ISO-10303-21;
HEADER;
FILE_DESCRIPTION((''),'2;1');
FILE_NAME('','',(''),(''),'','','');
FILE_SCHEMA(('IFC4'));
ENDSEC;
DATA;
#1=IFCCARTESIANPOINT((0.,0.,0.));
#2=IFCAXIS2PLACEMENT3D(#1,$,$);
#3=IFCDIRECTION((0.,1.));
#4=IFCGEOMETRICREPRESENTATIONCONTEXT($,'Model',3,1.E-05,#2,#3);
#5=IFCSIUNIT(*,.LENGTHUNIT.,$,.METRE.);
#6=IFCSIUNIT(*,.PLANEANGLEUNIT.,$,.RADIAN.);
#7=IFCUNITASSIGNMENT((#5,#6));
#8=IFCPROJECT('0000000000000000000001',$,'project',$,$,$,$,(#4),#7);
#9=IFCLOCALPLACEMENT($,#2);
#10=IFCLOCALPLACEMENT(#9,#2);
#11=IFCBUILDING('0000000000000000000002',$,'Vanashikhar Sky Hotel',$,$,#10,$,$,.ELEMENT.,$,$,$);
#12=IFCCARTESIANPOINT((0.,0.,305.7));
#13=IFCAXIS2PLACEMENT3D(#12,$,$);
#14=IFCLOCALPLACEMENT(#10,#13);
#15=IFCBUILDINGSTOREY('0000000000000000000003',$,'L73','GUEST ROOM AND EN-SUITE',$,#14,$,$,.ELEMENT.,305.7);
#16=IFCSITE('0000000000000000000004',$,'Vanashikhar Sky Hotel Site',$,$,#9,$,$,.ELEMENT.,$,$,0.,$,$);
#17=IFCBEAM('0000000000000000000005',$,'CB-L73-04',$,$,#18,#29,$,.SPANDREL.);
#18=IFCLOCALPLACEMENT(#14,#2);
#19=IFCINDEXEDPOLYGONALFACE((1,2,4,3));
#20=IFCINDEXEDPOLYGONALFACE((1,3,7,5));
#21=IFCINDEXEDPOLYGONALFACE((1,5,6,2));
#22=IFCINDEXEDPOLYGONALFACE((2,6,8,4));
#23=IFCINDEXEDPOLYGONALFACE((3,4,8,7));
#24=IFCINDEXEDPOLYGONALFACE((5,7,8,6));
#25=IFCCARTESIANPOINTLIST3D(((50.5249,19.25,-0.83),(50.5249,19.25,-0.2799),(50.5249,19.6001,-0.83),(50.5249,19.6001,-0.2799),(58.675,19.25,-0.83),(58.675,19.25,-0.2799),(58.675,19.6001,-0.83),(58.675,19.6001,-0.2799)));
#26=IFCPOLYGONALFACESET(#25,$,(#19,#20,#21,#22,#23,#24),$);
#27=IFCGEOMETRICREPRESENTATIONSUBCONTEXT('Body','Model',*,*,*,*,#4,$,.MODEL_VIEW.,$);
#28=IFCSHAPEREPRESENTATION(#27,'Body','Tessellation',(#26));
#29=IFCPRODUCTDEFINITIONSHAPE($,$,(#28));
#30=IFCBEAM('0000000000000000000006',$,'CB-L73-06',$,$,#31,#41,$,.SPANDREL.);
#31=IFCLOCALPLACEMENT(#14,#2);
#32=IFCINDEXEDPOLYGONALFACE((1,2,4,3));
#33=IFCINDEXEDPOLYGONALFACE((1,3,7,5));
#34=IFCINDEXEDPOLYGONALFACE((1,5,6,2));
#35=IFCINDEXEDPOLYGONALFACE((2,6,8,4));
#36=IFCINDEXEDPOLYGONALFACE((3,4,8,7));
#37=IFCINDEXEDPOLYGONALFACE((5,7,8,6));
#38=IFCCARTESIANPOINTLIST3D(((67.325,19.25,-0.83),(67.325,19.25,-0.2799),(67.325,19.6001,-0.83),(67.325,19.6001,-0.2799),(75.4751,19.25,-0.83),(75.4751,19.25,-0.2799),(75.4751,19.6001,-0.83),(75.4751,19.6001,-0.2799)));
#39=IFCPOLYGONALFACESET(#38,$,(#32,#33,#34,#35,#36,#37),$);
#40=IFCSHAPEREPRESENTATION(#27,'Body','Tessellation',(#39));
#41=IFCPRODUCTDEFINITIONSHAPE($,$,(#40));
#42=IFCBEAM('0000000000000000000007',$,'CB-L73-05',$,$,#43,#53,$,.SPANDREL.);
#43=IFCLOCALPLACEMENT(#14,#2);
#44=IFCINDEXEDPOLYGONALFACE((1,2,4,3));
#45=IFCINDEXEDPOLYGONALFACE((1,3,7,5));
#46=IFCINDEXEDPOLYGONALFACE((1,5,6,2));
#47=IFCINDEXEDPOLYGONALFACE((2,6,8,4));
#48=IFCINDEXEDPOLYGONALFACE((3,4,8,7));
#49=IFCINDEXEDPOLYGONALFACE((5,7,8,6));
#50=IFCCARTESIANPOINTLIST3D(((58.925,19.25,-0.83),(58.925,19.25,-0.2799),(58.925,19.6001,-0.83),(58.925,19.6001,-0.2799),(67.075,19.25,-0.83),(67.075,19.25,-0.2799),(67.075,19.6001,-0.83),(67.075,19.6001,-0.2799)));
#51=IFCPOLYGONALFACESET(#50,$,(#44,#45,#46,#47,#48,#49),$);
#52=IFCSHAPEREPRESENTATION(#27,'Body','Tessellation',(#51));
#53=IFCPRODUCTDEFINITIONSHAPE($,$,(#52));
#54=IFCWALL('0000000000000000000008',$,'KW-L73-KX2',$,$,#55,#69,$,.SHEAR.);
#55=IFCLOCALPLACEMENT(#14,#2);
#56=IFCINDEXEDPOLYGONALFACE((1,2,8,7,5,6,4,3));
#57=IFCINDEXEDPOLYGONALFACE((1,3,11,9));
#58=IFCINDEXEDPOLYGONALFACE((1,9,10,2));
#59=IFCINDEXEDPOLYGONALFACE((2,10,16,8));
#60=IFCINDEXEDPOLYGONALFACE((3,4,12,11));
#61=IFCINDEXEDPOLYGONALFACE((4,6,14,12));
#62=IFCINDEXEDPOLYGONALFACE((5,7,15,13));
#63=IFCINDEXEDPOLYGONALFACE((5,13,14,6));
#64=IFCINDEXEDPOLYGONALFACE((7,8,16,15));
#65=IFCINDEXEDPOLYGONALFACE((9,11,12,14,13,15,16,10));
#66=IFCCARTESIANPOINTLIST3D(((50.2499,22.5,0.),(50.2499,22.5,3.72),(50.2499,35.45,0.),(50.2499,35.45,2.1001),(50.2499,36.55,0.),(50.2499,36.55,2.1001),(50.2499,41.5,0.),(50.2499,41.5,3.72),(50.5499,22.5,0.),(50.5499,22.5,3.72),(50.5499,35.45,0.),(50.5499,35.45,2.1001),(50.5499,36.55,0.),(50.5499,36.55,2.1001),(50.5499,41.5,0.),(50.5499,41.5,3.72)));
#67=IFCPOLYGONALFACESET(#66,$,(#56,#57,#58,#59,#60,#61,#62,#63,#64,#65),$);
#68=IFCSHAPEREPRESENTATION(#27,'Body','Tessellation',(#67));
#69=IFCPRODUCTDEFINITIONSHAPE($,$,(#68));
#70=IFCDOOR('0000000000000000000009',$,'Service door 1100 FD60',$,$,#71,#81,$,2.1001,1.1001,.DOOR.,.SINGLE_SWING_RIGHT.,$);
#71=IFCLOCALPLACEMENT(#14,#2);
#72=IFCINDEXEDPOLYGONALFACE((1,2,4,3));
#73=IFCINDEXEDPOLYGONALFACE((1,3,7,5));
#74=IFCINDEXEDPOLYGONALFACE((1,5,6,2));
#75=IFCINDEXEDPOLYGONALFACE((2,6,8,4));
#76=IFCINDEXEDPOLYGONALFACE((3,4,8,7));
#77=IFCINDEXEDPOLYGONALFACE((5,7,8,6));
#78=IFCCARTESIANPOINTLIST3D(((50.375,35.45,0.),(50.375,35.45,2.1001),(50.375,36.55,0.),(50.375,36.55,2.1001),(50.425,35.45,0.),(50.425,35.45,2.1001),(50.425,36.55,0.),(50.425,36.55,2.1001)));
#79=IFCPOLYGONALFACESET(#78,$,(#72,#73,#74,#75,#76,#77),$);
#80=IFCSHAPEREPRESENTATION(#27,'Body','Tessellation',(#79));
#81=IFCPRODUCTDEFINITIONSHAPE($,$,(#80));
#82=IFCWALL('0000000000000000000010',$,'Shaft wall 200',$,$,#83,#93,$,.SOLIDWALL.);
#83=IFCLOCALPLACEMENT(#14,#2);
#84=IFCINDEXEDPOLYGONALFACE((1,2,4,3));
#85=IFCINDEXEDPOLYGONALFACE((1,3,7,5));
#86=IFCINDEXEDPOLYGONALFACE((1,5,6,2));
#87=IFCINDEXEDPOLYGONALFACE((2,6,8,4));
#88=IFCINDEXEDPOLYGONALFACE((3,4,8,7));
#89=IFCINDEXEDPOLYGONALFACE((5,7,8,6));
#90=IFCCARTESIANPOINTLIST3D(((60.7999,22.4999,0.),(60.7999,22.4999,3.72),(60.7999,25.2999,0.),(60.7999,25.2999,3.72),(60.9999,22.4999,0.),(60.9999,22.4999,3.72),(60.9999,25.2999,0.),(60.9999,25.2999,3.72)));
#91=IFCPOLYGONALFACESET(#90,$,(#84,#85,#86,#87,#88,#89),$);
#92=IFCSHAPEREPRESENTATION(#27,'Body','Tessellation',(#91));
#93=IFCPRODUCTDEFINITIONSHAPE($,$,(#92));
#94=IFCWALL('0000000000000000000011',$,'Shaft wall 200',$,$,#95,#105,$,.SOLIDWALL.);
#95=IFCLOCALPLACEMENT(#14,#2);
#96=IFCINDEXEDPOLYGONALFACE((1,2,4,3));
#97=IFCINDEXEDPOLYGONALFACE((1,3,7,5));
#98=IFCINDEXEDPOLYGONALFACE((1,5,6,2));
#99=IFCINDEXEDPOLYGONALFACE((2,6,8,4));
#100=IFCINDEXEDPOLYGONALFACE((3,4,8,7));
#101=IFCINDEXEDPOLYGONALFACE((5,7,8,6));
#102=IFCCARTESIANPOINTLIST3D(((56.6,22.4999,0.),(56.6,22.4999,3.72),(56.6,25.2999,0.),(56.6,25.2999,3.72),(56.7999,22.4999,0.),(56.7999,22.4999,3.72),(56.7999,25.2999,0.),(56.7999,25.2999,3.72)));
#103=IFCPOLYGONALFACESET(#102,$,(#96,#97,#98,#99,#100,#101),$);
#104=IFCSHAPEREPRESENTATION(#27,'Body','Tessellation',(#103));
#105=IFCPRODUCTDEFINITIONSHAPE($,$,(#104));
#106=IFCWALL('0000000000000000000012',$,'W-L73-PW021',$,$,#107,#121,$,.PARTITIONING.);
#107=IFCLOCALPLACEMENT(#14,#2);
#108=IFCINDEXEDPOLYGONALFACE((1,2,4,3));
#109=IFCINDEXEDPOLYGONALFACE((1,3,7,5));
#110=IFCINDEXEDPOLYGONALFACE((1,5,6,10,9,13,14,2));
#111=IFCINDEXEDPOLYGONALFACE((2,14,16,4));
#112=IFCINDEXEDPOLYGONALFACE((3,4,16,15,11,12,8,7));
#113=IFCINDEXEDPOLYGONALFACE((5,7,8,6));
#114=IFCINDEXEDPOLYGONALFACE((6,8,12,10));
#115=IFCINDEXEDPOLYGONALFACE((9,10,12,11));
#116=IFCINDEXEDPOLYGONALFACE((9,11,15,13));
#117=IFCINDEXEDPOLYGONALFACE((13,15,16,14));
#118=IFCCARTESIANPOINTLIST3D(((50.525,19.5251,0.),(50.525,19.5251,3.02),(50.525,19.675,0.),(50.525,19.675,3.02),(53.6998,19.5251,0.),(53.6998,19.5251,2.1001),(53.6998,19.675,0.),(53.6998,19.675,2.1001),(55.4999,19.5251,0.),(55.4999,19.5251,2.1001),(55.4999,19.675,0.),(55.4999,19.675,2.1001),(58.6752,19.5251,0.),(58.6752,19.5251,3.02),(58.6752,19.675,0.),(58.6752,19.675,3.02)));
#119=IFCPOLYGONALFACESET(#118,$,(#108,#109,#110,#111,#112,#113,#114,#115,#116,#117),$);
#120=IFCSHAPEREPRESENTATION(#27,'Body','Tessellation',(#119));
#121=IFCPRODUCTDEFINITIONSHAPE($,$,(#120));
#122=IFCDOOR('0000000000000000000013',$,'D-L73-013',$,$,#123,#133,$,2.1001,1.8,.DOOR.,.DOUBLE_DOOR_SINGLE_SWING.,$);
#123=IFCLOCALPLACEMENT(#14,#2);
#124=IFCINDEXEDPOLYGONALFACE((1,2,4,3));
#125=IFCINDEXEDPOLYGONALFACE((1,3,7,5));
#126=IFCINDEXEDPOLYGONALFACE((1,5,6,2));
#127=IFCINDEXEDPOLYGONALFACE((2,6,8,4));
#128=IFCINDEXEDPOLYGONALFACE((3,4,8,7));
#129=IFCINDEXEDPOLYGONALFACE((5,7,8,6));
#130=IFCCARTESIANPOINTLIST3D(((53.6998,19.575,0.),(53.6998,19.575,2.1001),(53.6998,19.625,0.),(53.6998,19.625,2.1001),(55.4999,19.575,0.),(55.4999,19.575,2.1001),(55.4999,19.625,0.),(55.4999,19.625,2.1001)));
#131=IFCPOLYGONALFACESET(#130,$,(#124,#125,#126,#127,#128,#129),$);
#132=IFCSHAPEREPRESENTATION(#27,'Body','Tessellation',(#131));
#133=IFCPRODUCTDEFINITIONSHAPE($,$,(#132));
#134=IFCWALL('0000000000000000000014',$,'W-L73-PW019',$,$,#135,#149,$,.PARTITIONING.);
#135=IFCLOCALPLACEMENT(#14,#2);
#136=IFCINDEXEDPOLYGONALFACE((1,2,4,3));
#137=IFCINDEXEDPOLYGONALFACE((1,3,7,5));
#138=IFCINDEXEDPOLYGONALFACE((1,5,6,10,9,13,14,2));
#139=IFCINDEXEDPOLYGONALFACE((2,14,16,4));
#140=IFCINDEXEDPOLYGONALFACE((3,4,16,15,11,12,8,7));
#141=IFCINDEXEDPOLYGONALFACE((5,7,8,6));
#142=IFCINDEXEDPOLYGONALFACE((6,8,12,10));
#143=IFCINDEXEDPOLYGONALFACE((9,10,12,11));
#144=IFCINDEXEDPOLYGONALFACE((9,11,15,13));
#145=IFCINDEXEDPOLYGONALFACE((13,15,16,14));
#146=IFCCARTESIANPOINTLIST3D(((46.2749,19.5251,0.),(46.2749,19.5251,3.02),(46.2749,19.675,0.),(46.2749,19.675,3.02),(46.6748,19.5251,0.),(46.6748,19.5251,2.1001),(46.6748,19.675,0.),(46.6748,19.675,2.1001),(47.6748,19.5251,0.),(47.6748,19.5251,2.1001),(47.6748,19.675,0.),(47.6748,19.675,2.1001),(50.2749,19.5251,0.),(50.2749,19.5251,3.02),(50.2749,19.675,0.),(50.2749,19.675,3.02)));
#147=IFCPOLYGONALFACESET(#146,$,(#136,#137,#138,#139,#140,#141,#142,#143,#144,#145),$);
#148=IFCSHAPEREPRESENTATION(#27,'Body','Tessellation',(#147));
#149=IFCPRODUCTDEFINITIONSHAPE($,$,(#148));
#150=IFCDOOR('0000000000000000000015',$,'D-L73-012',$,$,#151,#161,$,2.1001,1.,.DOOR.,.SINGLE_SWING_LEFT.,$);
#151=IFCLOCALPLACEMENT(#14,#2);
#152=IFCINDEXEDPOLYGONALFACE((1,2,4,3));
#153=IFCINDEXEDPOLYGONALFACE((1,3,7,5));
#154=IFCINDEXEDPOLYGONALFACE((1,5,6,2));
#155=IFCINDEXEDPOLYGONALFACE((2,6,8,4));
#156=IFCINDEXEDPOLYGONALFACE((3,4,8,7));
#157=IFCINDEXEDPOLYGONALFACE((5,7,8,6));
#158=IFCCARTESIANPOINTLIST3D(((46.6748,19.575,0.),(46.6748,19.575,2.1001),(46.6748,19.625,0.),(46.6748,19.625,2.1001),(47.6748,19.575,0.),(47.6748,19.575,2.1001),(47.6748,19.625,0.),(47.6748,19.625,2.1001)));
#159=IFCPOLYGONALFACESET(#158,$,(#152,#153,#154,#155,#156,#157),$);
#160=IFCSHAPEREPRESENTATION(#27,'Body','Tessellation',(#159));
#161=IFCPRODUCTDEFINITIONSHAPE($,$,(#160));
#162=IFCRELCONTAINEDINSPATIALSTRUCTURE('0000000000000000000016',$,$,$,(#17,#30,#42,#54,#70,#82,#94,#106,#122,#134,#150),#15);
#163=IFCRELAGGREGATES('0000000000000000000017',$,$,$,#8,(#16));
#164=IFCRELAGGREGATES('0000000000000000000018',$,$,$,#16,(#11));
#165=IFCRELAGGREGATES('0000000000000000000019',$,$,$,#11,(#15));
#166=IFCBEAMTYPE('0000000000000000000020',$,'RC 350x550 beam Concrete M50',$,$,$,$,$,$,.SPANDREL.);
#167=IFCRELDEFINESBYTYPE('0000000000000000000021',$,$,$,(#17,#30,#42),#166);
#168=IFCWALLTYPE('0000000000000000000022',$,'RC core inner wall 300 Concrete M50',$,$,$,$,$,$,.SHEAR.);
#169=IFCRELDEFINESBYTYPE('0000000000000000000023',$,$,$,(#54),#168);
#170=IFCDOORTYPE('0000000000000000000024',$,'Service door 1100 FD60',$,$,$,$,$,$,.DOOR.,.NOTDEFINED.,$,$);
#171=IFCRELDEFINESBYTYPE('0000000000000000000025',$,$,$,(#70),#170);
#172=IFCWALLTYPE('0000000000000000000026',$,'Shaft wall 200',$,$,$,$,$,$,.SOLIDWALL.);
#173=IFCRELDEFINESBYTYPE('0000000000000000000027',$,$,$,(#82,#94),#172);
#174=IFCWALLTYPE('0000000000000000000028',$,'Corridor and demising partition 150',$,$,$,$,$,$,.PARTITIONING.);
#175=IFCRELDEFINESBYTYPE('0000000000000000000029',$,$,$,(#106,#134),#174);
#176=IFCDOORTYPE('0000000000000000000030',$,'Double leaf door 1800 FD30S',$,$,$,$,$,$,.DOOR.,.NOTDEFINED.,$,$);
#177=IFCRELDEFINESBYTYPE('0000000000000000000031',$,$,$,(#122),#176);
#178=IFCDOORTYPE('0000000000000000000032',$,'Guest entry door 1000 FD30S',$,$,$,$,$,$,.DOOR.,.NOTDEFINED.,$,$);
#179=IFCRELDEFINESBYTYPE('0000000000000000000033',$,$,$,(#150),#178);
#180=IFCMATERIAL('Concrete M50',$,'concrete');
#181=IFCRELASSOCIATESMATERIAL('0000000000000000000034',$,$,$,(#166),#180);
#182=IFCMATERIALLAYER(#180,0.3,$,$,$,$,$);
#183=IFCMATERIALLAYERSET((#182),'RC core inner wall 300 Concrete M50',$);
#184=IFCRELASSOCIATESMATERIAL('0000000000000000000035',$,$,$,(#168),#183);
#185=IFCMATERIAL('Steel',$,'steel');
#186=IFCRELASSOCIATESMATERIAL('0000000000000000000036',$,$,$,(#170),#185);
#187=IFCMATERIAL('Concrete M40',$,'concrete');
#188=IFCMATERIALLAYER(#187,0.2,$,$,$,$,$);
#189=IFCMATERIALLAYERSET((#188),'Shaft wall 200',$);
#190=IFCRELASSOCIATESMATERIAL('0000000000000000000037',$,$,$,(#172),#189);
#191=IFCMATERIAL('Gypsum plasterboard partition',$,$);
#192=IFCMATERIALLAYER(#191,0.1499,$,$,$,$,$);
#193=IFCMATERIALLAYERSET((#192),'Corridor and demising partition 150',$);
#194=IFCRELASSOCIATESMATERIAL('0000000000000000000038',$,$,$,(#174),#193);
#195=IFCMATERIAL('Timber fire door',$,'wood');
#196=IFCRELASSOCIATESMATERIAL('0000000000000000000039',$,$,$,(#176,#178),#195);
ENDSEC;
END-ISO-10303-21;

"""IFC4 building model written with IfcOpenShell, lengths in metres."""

from ifc_helpers import new_model, si_unit, direction, frame, frame_2d, origin, origin_2d, place, context, subcontext, project, spatial, rectangle, extrude, source, transform, mapped, material, layer, layer_set, material_profile, profile_set, type_object, element, fill, save


model = new_model("IFC4")

# Units and contexts
model_context = context("Model", 3, precision=1e-05, world=origin(), true_north=direction((0.0, 1.0)))
body_context = subcontext(model_context, "Body", "Model", "MODEL_VIEW")
ifc_project = project(units=[si_unit("LENGTHUNIT", "METRE"), si_unit("PLANEANGLEUNIT", "RADIAN")], contexts=[model_context])

# Site, building, storey
site_placement = place(None, origin())
site = spatial("IfcSite", under=ifc_project, at=site_placement, Name="Vanashikhar Sky Hotel Site", CompositionType="ELEMENT", RefElevation=0.0)
building_placement = place(site_placement, origin())
building = spatial("IfcBuilding", under=site, at=building_placement, Name="Vanashikhar Sky Hotel", CompositionType="ELEMENT")
storey_placement = place(building_placement, frame((0.0, 0.0, 305.7)))
storey = spatial("IfcBuildingStorey", under=building, at=storey_placement, Name="L73", Description="GUEST ROOM AND EN-SUITE", CompositionType="ELEMENT", Elevation=305.7)

# Beams
ifc_material_1 = material(Name="Concrete M50", Category="concrete")
ifc_material_profile = material_profile(ifc_material_1, rectangle(XDim=0.3501, YDim=0.55, at=origin_2d()))
ifc_profile_set = profile_set([ifc_material_profile], Name="RC 350x550 beam Concrete M50")
beam_type = type_object("IfcBeamType", Name="RC 350x550 beam Concrete M50", PredefinedType="SPANDREL", material=ifc_profile_set)
shared_shape_1 = source(origin(), body_context, "Body", "SweptSolid", [
    extrude(rectangle(XDim=0.3501, YDim=0.55, at=origin_2d()), origin(), (0.0, 0.0, 1.0), 8.1501),
])
for number, where, z_axis, x_axis, name in (
    (1, (50.5249, 19.425, -0.5549), (1.0, 0.0, 0.0), (0.0, 1.0, 0.0), "CB-L73-04"),
    (2, (67.325, 19.425, -0.5549), (1.0, 0.0, 0.0), (0.0, 1.0, 0.0), "CB-L73-06"),
):
    element("IfcBeam", number, at=place(storey_placement, frame(where, z_axis=z_axis, x_axis=x_axis)), inside=storey, type_object=beam_type, Name=name, PredefinedType="SPANDREL", context=body_context, shape_type="MappedRepresentation", body=[
        mapped(shared_shape_1, transform((0.0, 0.0, 0.0), scale=1.0)),
    ])
shared_shape_2 = source(origin(), body_context, "Body", "SweptSolid", [
    extrude(rectangle(XDim=0.3501, YDim=0.55, at=origin_2d()), origin(), (0.0, 0.0, 1.0), 8.1499),
])
beam_placement = place(storey_placement, frame((58.925, 19.425, -0.5549), z_axis=(1.0, 0.0, 0.0), x_axis=(0.0, 1.0, 0.0)))
element("IfcBeam", 3, at=beam_placement, inside=storey, type_object=beam_type, Name="CB-L73-05", PredefinedType="SPANDREL", context=body_context, shape_type="MappedRepresentation", body=[
    mapped(shared_shape_2, transform((0.0, 0.0, 0.0), scale=1.0)),
])

# Wall, opening, door
ifc_layer_1 = layer(ifc_material_1, 0.3)
ifc_layer_set_1 = layer_set([ifc_layer_1], Name="RC core inner wall 300 Concrete M50")
wall_type_1 = type_object("IfcWallType", Name="RC core inner wall 300 Concrete M50", PredefinedType="SHEAR", material=ifc_layer_set_1)
shared_shape_3 = source(origin(), body_context, "Body", "SweptSolid", [
    extrude(rectangle(XDim=19.0, YDim=0.3, at=frame_2d((9.5, 0.0))), origin(), (0.0, 0.0, 1.0), 3.72),
])
wall_1_placement = place(storey_placement, frame((50.3999, 22.5, 0.0), z_axis=(0.0, 0.0, 1.0), x_axis=(0.0, 1.0, 0.0)))
wall_1 = element("IfcWall", 4, at=wall_1_placement, inside=storey, type_object=wall_type_1, Name="KW-L73-KX2", PredefinedType="SHEAR", context=body_context, shape_type="MappedRepresentation", body=[
    mapped(shared_shape_3, transform((0.0, 0.0, 0.0), scale=1.0)),
])
shared_shape_4 = source(origin(), body_context, "Body", "SweptSolid", [
    extrude(rectangle(XDim=1.1001, YDim=2.1001, at=frame_2d((0.55, 1.05))), frame((0.0, 0.1602, 0.0), z_axis=(0.0, -1.0, 0.0), x_axis=(1.0, 0.0, 0.0)), (0.0, 0.0, 1.0), 0.3201),
])
opening_1_placement = place(wall_1_placement, frame((12.95, 0.0, 0.0)))
opening_1 = element("IfcOpeningElement", 5, at=opening_1_placement, cuts=wall_1, PredefinedType="OPENING", context=body_context, shape_type="MappedRepresentation", body=[
    mapped(shared_shape_4, transform((0.0, 0.0, 0.0), scale=1.0)),
])
ifc_material_2 = material(Name="Steel", Category="steel")
door_type_1 = type_object("IfcDoorType", Name="Service door 1100 FD60", OperationType="NOTDEFINED", PredefinedType="DOOR", material=ifc_material_2)
shared_shape_5 = source(origin(), body_context, "Body", "SweptSolid", [
    extrude(rectangle(XDim=1.1001, YDim=2.1001, at=frame_2d((0.55, 1.05))), frame((0.0, 0.0249, 0.0), z_axis=(0.0, -1.0, 0.0), x_axis=(1.0, 0.0, 0.0)), (0.0, 0.0, 1.0), 0.05),
])
door_1_placement = place(opening_1_placement, origin())
door_1 = element("IfcDoor", 6, at=door_1_placement, inside=storey, type_object=door_type_1, Name="Service door 1100 FD60", OperationType="SINGLE_SWING_RIGHT", OverallHeight=2.1001, OverallWidth=1.1001, PredefinedType="DOOR", context=body_context, shape_type="MappedRepresentation", body=[
    mapped(shared_shape_5, transform((0.0, 0.0, 0.0), scale=1.0)),
])
fill(opening_1, door_1)

# Walls
ifc_material_3 = material(Name="Concrete M40", Category="concrete")
ifc_layer_2 = layer(ifc_material_3, 0.2)
ifc_layer_set_2 = layer_set([ifc_layer_2], Name="Shaft wall 200")
wall_type_2 = type_object("IfcWallType", Name="Shaft wall 200", PredefinedType="SOLIDWALL", material=ifc_layer_set_2)
shared_shape_6 = source(origin(), body_context, "Body", "SweptSolid", [
    extrude(rectangle(XDim=2.8, YDim=0.2, at=frame_2d((1.3999, 0.0))), origin(), (0.0, 0.0, 1.0), 3.72),
])
for number, where, z_axis, x_axis, name in (
    (7, (60.8999, 22.5, 0.0), (0.0, 0.0, 1.0), (0.0, 1.0, 0.0), "Shaft wall 200"),
    (8, (56.7, 22.5, 0.0), (0.0, 0.0, 1.0), (0.0, 1.0, 0.0), "Shaft wall 200"),
):
    element("IfcWall", number, at=place(storey_placement, frame(where, z_axis=z_axis, x_axis=x_axis)), inside=storey, type_object=wall_type_2, Name=name, PredefinedType="SOLIDWALL", context=body_context, shape_type="MappedRepresentation", body=[
        mapped(shared_shape_6, transform((0.0, 0.0, 0.0), scale=1.0)),
    ])

# Walls, openings, doors
ifc_material_4 = material(Name="Gypsum plasterboard partition")
ifc_layer_3 = layer(ifc_material_4, 0.1499)
ifc_layer_set_3 = layer_set([ifc_layer_3], Name="Corridor and demising partition 150")
wall_type_3 = type_object("IfcWallType", Name="Corridor and demising partition 150", PredefinedType="PARTITIONING", material=ifc_layer_set_3)
shared_shape_7 = source(origin(), body_context, "Body", "SweptSolid", [
    extrude(rectangle(XDim=8.1501, YDim=0.1499, at=frame_2d((4.0752, 0.0))), origin(), (0.0, 0.0, 1.0), 3.02),
])
wall_2_placement = place(storey_placement, frame((50.5249, 19.6001, 0.0), z_axis=(0.0, 0.0, 1.0), x_axis=(1.0, 0.0, 0.0)))
wall_2 = element("IfcWall", 9, at=wall_2_placement, inside=storey, type_object=wall_type_3, Name="W-L73-PW021", PredefinedType="PARTITIONING", context=body_context, shape_type="MappedRepresentation", body=[
    mapped(shared_shape_7, transform((0.0, 0.0, 0.0), scale=1.0)),
])
shared_shape_8 = source(origin(), body_context, "Body", "SweptSolid", [
    extrude(rectangle(XDim=1.8, YDim=2.1001, at=frame_2d((0.8999, 1.05))), frame((0.0, 0.085, 0.0), z_axis=(0.0, -1.0, 0.0), x_axis=(1.0, 0.0, 0.0)), (0.0, 0.0, 1.0), 0.1699),
])
opening_2_placement = place(wall_2_placement, frame((3.175, 0.0, 0.0)))
opening_2 = element("IfcOpeningElement", 10, at=opening_2_placement, cuts=wall_2, PredefinedType="OPENING", context=body_context, shape_type="MappedRepresentation", body=[
    mapped(shared_shape_8, transform((0.0, 0.0, 0.0), scale=1.0)),
])
ifc_material_5 = material(Name="Timber fire door", Category="wood")
door_type_2 = type_object("IfcDoorType", Name="Double leaf door 1800 FD30S", OperationType="NOTDEFINED", PredefinedType="DOOR", material=ifc_material_5)
shared_shape_9 = source(origin(), body_context, "Body", "SweptSolid", [
    extrude(rectangle(XDim=1.8, YDim=2.1001, at=frame_2d((0.8999, 1.05))), frame((0.0, 0.0249, 0.0), z_axis=(0.0, -1.0, 0.0), x_axis=(1.0, 0.0, 0.0)), (0.0, 0.0, 1.0), 0.05),
])
door_2_placement = place(opening_2_placement, origin())
door_2 = element("IfcDoor", 11, at=door_2_placement, inside=storey, type_object=door_type_2, Name="D-L73-013", OperationType="DOUBLE_DOOR_SINGLE_SWING", OverallHeight=2.1001, OverallWidth=1.8, PredefinedType="DOOR", context=body_context, shape_type="MappedRepresentation", body=[
    mapped(shared_shape_9, transform((0.0, 0.0, 0.0), scale=1.0)),
])
fill(opening_2, door_2)
shared_shape_10 = source(origin(), body_context, "Body", "SweptSolid", [
    extrude(rectangle(XDim=4.0, YDim=0.1499, at=frame_2d((2.0, 0.0))), origin(), (0.0, 0.0, 1.0), 3.02),
])
wall_3_placement = place(storey_placement, frame((46.2749, 19.6001, 0.0), z_axis=(0.0, 0.0, 1.0), x_axis=(1.0, 0.0, 0.0)))
wall_3 = element("IfcWall", 12, at=wall_3_placement, inside=storey, type_object=wall_type_3, Name="W-L73-PW019", PredefinedType="PARTITIONING", context=body_context, shape_type="MappedRepresentation", body=[
    mapped(shared_shape_10, transform((0.0, 0.0, 0.0), scale=1.0)),
])
shared_shape_11 = source(origin(), body_context, "Body", "SweptSolid", [
    extrude(rectangle(XDim=1.0, YDim=2.1001, at=frame_2d((0.5, 1.05))), frame((0.0, 0.085, 0.0), z_axis=(0.0, -1.0, 0.0), x_axis=(1.0, 0.0, 0.0)), (0.0, 0.0, 1.0), 0.1699),
])
opening_3_placement = place(wall_3_placement, frame((0.3999, 0.0, 0.0)))
opening_3 = element("IfcOpeningElement", 13, at=opening_3_placement, cuts=wall_3, PredefinedType="OPENING", context=body_context, shape_type="MappedRepresentation", body=[
    mapped(shared_shape_11, transform((0.0, 0.0, 0.0), scale=1.0)),
])
door_type_3 = type_object("IfcDoorType", Name="Guest entry door 1000 FD30S", OperationType="NOTDEFINED", PredefinedType="DOOR", material=ifc_material_5)
shared_shape_12 = source(origin(), body_context, "Body", "SweptSolid", [
    extrude(rectangle(XDim=1.0, YDim=2.1001, at=frame_2d((0.5, 1.05))), frame((0.0, 0.0249, 0.0), z_axis=(0.0, -1.0, 0.0), x_axis=(1.0, 0.0, 0.0)), (0.0, 0.0, 1.0), 0.05),
])
door_3_placement = place(opening_3_placement, origin())
door_3 = element("IfcDoor", 14, at=door_3_placement, inside=storey, type_object=door_type_3, Name="D-L73-012", OperationType="SINGLE_SWING_LEFT", OverallHeight=2.1001, OverallWidth=1.0, PredefinedType="DOOR", context=body_context, shape_type="MappedRepresentation", body=[
    mapped(shared_shape_12, transform((0.0, 0.0, 0.0), scale=1.0)),
])
fill(opening_3, door_3)

save(model, "model.ifc")
